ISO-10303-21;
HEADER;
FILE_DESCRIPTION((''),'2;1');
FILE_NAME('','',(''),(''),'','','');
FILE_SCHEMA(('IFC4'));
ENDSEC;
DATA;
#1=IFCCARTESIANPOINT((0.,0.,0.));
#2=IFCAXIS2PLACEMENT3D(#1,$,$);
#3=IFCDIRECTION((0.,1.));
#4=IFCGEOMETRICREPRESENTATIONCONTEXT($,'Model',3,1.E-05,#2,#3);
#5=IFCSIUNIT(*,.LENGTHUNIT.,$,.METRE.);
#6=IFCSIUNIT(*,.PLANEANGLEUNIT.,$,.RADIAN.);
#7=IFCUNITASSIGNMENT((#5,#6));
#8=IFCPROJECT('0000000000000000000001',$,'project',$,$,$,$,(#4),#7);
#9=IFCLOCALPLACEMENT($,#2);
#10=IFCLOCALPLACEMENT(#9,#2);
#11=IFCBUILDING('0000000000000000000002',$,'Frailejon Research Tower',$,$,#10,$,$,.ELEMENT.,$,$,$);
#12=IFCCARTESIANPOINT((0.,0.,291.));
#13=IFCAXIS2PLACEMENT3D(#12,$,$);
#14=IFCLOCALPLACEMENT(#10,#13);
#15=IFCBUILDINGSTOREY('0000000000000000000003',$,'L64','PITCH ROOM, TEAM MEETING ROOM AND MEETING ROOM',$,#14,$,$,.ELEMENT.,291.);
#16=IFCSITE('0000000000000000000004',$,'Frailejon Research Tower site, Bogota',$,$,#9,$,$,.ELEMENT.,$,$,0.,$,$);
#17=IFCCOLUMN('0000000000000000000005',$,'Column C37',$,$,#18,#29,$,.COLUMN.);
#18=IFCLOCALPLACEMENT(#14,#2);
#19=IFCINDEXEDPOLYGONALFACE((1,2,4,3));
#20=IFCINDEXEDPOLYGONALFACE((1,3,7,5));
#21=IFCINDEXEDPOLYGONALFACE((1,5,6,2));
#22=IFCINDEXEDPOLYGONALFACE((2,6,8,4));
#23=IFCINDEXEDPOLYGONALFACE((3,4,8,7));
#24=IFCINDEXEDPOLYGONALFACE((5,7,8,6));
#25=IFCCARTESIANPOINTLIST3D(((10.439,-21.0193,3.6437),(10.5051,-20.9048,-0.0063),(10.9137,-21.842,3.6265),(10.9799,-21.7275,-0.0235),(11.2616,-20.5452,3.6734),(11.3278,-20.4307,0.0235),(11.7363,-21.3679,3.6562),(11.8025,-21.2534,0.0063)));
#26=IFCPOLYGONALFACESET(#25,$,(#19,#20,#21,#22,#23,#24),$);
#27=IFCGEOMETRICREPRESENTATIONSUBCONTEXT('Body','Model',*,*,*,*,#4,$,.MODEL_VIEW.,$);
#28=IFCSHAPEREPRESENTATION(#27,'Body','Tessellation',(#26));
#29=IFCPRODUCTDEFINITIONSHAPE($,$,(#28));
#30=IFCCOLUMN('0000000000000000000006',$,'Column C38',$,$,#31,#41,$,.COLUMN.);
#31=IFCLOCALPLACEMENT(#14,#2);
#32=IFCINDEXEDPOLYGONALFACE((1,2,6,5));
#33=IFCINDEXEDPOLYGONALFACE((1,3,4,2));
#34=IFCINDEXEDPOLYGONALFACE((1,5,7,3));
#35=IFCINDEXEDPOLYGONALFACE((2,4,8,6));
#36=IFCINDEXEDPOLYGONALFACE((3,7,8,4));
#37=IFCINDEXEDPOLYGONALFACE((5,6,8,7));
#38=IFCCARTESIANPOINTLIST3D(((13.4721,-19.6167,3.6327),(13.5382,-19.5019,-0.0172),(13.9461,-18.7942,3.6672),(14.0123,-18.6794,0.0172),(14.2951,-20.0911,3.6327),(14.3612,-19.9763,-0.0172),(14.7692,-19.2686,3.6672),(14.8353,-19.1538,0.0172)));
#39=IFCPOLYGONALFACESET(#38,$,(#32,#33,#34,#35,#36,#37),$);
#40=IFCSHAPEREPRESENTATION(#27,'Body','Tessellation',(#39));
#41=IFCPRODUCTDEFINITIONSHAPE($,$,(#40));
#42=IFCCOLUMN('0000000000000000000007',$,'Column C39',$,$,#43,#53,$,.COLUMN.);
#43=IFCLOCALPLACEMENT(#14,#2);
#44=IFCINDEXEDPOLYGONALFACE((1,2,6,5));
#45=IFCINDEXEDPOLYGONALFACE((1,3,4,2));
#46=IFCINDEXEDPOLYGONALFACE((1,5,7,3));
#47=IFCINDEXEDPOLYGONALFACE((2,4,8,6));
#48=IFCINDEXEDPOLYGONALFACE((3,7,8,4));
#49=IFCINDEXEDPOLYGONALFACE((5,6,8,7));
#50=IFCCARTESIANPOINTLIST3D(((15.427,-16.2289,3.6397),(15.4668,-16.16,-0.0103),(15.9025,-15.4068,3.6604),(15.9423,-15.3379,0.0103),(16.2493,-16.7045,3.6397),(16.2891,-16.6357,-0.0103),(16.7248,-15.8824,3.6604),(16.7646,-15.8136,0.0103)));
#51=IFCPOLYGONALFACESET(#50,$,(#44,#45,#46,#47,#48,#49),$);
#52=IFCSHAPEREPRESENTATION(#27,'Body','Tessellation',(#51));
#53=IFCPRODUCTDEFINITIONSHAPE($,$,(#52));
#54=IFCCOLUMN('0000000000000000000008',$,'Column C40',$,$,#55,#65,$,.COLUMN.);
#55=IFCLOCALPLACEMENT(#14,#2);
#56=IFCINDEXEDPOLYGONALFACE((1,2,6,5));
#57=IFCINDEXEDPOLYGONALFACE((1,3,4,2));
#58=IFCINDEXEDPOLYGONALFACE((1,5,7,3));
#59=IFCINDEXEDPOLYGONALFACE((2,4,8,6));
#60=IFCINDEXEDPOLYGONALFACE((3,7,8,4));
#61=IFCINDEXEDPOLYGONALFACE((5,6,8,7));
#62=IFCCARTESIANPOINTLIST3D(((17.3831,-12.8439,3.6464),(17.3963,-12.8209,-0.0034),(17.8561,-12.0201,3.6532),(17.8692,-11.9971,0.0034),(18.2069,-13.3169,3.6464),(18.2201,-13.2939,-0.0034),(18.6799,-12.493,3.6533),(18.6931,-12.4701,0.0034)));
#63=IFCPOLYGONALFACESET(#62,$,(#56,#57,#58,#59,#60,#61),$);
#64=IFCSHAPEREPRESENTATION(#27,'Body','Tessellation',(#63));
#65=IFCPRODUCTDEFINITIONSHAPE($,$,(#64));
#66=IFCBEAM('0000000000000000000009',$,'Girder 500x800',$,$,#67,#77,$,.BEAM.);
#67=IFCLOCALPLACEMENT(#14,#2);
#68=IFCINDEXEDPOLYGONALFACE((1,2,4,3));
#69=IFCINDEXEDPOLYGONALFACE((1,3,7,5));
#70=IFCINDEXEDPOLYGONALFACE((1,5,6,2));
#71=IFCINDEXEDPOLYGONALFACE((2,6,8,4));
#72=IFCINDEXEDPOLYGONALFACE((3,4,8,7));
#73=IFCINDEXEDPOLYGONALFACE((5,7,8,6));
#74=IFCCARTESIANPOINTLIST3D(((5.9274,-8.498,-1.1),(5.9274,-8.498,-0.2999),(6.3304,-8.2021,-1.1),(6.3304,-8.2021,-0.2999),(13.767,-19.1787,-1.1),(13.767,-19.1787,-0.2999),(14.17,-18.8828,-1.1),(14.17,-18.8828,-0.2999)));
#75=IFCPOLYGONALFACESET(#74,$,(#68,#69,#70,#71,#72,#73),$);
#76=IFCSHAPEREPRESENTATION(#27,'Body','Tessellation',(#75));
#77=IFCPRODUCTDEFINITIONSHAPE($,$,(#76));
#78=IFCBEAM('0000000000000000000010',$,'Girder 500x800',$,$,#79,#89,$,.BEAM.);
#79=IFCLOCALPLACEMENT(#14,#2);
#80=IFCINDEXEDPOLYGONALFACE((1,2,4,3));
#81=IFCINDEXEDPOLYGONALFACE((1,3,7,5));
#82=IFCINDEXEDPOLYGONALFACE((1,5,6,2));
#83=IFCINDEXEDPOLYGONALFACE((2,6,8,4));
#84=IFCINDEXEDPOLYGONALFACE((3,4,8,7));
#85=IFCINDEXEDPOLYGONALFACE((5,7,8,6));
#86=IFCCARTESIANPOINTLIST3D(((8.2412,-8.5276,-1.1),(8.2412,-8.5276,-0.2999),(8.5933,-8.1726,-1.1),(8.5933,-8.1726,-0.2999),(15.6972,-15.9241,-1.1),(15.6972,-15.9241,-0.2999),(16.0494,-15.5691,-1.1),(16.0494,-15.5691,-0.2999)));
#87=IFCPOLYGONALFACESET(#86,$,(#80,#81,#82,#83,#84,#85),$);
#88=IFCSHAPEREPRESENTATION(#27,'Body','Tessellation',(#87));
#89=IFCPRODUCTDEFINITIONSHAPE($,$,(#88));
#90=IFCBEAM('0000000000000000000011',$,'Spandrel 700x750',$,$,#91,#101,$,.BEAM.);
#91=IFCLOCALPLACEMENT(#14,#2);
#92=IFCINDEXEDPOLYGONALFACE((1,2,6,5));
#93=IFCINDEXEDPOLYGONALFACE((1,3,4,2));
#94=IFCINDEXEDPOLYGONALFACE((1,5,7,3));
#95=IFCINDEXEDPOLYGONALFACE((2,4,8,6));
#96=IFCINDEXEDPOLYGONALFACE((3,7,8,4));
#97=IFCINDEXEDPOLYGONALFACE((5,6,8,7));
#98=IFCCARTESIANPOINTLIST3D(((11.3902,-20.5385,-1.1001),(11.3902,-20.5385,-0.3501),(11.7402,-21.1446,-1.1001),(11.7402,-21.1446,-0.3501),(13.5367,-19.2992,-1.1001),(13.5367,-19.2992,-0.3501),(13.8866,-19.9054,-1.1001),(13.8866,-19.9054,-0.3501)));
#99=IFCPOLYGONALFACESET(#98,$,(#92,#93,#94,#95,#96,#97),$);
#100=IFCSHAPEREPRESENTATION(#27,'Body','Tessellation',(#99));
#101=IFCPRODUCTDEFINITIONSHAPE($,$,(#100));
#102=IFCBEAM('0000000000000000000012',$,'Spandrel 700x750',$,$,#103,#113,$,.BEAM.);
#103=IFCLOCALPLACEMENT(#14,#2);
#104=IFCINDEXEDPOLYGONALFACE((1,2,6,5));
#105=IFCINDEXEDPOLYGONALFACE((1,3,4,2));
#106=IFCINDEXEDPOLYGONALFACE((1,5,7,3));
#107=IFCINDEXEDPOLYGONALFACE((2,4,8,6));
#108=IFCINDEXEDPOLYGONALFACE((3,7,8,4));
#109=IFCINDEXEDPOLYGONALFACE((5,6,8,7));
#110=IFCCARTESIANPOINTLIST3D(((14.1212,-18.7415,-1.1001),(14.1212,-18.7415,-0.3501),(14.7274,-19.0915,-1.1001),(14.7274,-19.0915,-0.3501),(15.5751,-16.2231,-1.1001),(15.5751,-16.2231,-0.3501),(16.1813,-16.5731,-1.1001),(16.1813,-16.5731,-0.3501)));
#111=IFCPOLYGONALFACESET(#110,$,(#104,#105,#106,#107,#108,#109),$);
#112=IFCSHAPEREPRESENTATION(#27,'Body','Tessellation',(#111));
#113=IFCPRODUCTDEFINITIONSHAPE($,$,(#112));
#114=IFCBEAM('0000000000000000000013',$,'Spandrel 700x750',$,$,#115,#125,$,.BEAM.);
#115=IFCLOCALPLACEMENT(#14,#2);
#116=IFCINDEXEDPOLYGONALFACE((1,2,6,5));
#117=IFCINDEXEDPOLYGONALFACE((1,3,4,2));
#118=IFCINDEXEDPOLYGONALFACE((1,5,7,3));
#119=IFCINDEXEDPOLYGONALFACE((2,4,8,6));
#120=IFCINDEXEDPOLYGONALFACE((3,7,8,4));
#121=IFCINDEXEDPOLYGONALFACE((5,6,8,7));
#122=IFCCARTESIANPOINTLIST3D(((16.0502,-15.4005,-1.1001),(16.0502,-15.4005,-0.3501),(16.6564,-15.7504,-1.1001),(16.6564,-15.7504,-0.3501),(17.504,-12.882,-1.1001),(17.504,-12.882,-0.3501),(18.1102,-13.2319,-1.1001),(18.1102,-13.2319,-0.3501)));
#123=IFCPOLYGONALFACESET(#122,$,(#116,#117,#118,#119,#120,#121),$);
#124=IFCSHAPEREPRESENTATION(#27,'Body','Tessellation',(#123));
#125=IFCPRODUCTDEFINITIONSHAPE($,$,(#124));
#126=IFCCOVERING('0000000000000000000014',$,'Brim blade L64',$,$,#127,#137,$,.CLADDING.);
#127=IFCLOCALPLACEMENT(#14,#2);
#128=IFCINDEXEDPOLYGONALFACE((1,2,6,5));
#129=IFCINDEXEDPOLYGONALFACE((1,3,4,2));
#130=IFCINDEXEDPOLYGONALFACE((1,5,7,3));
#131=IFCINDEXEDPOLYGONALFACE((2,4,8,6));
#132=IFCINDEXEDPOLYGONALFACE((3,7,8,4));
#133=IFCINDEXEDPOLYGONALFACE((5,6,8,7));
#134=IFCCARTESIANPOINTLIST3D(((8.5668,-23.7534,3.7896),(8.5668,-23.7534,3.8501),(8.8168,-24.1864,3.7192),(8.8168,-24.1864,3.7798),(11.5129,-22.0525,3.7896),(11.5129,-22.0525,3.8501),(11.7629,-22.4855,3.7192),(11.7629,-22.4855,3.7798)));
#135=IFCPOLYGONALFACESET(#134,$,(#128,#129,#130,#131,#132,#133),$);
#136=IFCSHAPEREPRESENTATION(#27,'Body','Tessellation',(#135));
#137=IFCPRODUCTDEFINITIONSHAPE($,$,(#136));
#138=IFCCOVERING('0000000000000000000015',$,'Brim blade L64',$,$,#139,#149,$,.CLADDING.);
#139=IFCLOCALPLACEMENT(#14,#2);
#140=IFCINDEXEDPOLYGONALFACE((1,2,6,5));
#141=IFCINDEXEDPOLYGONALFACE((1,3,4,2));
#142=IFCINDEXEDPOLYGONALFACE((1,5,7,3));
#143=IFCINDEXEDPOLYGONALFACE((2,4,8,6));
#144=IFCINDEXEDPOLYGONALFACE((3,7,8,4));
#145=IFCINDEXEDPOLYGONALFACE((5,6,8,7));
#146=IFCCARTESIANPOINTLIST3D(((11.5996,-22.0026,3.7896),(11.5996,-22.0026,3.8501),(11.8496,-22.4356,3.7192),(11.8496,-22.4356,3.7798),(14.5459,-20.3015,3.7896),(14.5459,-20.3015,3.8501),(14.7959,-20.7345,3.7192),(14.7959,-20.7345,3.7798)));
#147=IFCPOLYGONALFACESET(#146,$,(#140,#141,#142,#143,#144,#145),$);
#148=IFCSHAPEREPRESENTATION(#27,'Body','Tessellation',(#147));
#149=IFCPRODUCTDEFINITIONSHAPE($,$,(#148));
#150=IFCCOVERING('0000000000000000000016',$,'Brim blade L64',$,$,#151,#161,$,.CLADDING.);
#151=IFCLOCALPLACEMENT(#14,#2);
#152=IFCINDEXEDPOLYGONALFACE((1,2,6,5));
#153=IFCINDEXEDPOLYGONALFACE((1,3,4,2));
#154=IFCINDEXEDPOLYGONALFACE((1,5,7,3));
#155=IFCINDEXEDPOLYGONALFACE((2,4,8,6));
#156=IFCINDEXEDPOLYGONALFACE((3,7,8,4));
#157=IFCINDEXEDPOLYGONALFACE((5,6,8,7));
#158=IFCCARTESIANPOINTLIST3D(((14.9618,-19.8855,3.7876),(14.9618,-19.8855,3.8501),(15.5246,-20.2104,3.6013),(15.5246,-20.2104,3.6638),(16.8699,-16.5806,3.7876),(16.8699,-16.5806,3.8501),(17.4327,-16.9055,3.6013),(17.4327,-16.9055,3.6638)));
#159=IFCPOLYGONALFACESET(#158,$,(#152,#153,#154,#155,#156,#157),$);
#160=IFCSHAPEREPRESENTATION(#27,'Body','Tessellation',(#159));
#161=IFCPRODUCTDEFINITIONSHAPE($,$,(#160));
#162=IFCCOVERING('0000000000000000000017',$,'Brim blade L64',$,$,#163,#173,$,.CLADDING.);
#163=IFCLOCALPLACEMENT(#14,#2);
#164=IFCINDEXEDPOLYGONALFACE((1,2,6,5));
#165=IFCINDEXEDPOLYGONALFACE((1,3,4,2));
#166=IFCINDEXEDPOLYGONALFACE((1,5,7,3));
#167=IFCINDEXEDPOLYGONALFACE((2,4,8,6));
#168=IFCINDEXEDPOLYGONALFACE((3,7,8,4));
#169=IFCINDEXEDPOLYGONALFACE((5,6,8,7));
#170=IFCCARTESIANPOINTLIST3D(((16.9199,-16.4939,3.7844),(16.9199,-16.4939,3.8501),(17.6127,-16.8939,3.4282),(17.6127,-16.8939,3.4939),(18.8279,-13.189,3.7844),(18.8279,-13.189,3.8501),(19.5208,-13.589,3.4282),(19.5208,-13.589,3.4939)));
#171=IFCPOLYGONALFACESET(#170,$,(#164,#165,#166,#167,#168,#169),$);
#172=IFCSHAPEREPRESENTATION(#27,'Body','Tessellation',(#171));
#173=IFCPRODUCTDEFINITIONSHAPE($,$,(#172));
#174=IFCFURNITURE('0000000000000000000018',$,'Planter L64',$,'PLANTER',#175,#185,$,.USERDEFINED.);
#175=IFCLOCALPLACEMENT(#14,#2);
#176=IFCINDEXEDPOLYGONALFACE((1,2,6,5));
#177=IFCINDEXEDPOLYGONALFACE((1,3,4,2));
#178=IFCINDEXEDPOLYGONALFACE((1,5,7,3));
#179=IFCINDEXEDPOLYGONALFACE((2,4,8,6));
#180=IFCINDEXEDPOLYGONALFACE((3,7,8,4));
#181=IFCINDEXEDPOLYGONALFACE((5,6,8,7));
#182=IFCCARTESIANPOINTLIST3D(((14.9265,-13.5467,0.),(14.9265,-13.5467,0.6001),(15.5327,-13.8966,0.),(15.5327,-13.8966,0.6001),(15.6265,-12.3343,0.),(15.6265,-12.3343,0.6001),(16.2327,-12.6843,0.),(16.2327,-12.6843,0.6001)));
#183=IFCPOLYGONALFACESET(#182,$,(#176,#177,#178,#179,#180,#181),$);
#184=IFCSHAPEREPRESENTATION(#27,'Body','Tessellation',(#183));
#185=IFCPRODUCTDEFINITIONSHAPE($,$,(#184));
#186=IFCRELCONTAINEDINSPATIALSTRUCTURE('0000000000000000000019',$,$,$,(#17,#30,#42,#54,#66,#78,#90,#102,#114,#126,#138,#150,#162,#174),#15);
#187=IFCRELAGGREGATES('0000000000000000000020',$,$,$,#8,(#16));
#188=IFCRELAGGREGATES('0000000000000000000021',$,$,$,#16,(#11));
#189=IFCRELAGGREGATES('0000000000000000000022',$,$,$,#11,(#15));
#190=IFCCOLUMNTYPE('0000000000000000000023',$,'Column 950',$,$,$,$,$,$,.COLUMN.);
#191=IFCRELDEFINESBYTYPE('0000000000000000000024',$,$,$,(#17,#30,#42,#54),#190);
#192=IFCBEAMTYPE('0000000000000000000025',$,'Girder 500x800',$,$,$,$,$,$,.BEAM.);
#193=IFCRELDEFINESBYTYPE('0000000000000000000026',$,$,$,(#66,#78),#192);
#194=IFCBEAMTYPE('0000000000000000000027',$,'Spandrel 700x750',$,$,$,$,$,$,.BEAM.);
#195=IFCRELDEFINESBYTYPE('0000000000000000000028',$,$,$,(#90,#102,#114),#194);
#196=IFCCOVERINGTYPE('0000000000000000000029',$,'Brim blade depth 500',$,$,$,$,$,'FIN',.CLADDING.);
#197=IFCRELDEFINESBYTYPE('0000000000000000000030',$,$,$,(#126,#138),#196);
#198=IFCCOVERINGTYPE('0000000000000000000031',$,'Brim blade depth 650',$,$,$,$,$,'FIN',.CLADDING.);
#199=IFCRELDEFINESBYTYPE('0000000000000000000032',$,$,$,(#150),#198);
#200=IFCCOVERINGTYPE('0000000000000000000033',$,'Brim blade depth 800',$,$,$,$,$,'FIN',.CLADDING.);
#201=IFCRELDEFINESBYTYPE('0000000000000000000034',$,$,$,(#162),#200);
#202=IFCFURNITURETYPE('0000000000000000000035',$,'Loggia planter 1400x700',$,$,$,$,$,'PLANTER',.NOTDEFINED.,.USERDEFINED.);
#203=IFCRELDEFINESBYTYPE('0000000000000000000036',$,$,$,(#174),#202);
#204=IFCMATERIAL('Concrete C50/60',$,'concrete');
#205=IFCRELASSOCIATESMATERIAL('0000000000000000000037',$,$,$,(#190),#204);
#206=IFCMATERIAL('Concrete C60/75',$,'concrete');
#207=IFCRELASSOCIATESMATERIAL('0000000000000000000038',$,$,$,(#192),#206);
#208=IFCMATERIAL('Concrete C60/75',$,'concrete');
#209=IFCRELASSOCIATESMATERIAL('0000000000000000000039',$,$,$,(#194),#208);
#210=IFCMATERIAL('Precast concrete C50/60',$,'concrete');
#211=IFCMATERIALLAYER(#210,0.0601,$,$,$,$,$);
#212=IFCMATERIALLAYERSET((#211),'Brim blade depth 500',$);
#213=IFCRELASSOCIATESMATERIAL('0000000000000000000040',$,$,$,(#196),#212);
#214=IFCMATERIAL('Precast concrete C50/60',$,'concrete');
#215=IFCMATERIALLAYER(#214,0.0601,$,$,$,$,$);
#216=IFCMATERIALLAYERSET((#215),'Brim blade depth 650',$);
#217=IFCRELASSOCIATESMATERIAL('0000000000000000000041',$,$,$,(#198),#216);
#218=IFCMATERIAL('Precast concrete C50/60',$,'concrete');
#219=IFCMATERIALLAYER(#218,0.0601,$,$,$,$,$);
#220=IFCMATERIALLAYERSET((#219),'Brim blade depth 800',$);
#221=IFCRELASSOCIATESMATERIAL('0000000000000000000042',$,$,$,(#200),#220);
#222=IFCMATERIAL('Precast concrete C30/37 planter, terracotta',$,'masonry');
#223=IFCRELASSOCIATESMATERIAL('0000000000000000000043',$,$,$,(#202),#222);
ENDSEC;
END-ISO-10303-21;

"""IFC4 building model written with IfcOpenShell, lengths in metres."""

from ifc_helpers import new_model, si_unit, direction, frame, origin, origin_2d, place, context, subcontext, project, spatial, polyline, rectangle, outline, extrude, material, layer, layer_set, material_profile, profile_set, type_object, element, save


model = new_model("IFC4")

# Units and contexts
model_context = context("Model", 3, precision=1e-05, world=origin(), true_north=direction((0.0, 1.0)))
body_context = subcontext(model_context, "Body", "Model", "MODEL_VIEW")
ifc_project = project(units=[si_unit("LENGTHUNIT", "METRE"), si_unit("PLANEANGLEUNIT", "RADIAN")], contexts=[model_context])

# Site, building, storey
site_placement = place(None, origin())
site = spatial("IfcSite", under=ifc_project, at=site_placement, Name="Frailejon Research Tower site, Bogota", CompositionType="ELEMENT", RefElevation=0.0)
building_placement = place(site_placement, origin())
building = spatial("IfcBuilding", under=site, at=building_placement, Name="Frailejon Research Tower", CompositionType="ELEMENT")
storey_placement = place(building_placement, frame((0.0, 0.0, 291.0)))
storey = spatial("IfcBuildingStorey", under=building, at=storey_placement, Name="L64", Description="PITCH ROOM, TEAM MEETING ROOM AND MEETING ROOM", CompositionType="ELEMENT", Elevation=291.0)

# Columns
ifc_material_1 = material(Name="Concrete C50/60", Category="concrete")
ifc_material_profile_1 = material_profile(ifc_material_1, rectangle(XDim=0.95, YDim=0.95, at=origin_2d()), Name="Column 950")
ifc_profile_set_1 = profile_set([ifc_material_profile_1], Name="Concrete C50/60")
column_type = type_object("IfcColumnType", Name="Column 950", PredefinedType="COLUMN", material=ifc_profile_set_1)
for number, where, z_axis, x_axis, name in (
    (1, (11.1538, -21.0791, 0.0), (-0.018115, -0.031351, 0.999344), (0.865981, 0.499093, 0.031355), "Column C37"),
    (2, (14.1868, -19.3279, 0.0), (-0.018115, -0.031417, 0.999342), (0.49904, 0.865819, 0.036266), "Column C38"),
):
    element("IfcColumn", number, at=place(storey_placement, frame(where, z_axis=z_axis, x_axis=x_axis)), inside=storey, type_object=column_type, Name=name, PredefinedType="COLUMN", context=body_context, shape_type="SweptSolid", body=[
        extrude(rectangle(XDim=0.95, YDim=0.95, at=origin_2d()), origin(), (0.0, 0.0, 1.0), 3.6523),
    ])
column_1_placement = place(storey_placement, frame((16.1157, -15.9868, 0.0), z_axis=(-0.0109, -0.018858, 0.999763), x_axis=(0.50059, 0.86541, 0.021782)))
element("IfcColumn", 3, at=column_1_placement, inside=storey, type_object=column_type, Name="Column C39", PredefinedType="COLUMN", context=body_context, shape_type="SweptSolid", body=[
    extrude(rectangle(XDim=0.95, YDim=0.95, at=origin_2d()), origin(), (0.0, 0.0, 1.0), 3.6509),
])
column_2_placement = place(storey_placement, frame((18.0447, -12.6455, 0.0), z_axis=(-0.003612, -0.006287, 0.999974), x_axis=(0.49789, 0.86721, 0.007251)))
element("IfcColumn", 4, at=column_2_placement, inside=storey, type_object=column_type, Name="Column C40", PredefinedType="COLUMN", context=body_context, shape_type="SweptSolid", body=[
    extrude(rectangle(XDim=0.95, YDim=0.95, at=origin_2d()), origin(), (0.0, 0.0, 1.0), 3.6499),
])

# Beams
ifc_material_2 = material(Name="Concrete C60/75", Category="concrete")
ifc_material_profile_2 = material_profile(ifc_material_2, rectangle(XDim=0.5, YDim=0.8, at=origin_2d()), Name="Girder 500x800")
ifc_profile_set_2 = profile_set([ifc_material_profile_2], Name="Concrete C60/75")
beam_type_1 = type_object("IfcBeamType", Name="Girder 500x800", PredefinedType="BEAM", material=ifc_profile_set_2)
beam_1_placement = place(storey_placement, frame((13.9685, -19.0308, -0.7), z_axis=(-0.591713, 0.806149, 0.0), x_axis=(-0.806149, -0.591713, 0.0)))
element("IfcBeam", 5, at=beam_1_placement, inside=storey, type_object=beam_type_1, Name="Girder 500x800", PredefinedType="BEAM", context=body_context, shape_type="SweptSolid", body=[
    extrude(rectangle(XDim=0.5, YDim=0.8, at=origin_2d()), origin(), (0.0, 0.0, 1.0), 13.249),
])
beam_2_placement = place(storey_placement, frame((15.8733, -15.7466, -0.7), z_axis=(-0.709937, 0.704265, 0.0), x_axis=(-0.704265, -0.709937, 0.0)))
element("IfcBeam", 6, at=beam_2_placement, inside=storey, type_object=beam_type_1, Name="Girder 500x800", PredefinedType="BEAM", context=body_context, shape_type="SweptSolid", body=[
    extrude(rectangle(XDim=0.5, YDim=0.8, at=origin_2d()), origin(), (0.0, 0.0, 1.0), 10.5024),
])
ifc_material_3 = material(Name="Concrete C60/75", Category="concrete")
ifc_material_profile_3 = material_profile(ifc_material_3, rectangle(XDim=0.7, YDim=0.75, at=origin_2d()), Name="Spandrel 700x750")
ifc_profile_set_3 = profile_set([ifc_material_profile_3], Name="Concrete C60/75")
beam_type_2 = type_object("IfcBeamType", Name="Spandrel 700x750", PredefinedType="BEAM", material=ifc_profile_set_3)
beam_3_placement = place(storey_placement, frame((11.5652, -20.8416, -0.7251), z_axis=(0.866028, 0.499995, 0.0), x_axis=(-0.499995, 0.866028, 0.0)))
element("IfcBeam", 7, at=beam_3_placement, inside=storey, type_object=beam_type_2, Name="Spandrel 700x750", PredefinedType="BEAM", context=body_context, shape_type="SweptSolid", body=[
    extrude(rectangle(XDim=0.7, YDim=0.75, at=origin_2d()), origin(), (0.0, 0.0, 1.0), 2.4785),
])
for number, where, z_axis, x_axis, name in (
    (8, (14.4243, -18.9165, -0.7251), (0.499977, 0.866039, 0.0), (-0.866039, 0.499977, 0.0), "Spandrel 700x750"),
    (9, (16.3533, -15.5754, -0.7251), (0.49994, 0.86606, 0.0), (-0.86606, 0.49994, 0.0), "Spandrel 700x750"),
):
    element("IfcBeam", number, at=place(storey_placement, frame(where, z_axis=z_axis, x_axis=x_axis)), inside=storey, type_object=beam_type_2, Name=name, PredefinedType="BEAM", context=body_context, shape_type="SweptSolid", body=[
        extrude(rectangle(XDim=0.7, YDim=0.75, at=origin_2d()), origin(), (0.0, 0.0, 1.0), 2.908),
    ])

# Coverings
ifc_material_4 = material(Name="Precast concrete C50/60", Category="concrete")
ifc_layer_1 = layer(ifc_material_4, 0.0601)
ifc_layer_set_1 = layer_set([ifc_layer_1], Name="Brim blade depth 500")
covering_type_1 = type_object("IfcCoveringType", Name="Brim blade depth 500", ElementType="FIN", PredefinedType="CLADDING", material=ifc_layer_set_1)
covering_1_placement = place(storey_placement, frame((11.5129, -22.0525, 3.8501), z_axis=(-0.866036, -0.499981, 0.0), x_axis=(0.499981, -0.866036, 0.0)))
element("IfcCovering", 10, at=covering_1_placement, inside=storey, type_object=covering_type_1, Name="Brim blade L64", PredefinedType="CLADDING", context=body_context, shape_type="SweptSolid", body=[
    extrude(outline(polyline([(0.0, -0.0605), (0.5, -0.1309), (0.5, -0.0703), (0.0, 0.0), (0.0, -0.0605)])), origin(), (0.0, 0.0, 1.0), 3.4019),
])
covering_2_placement = place(storey_placement, frame((14.5459, -20.3015, 3.8501), z_axis=(-0.866024, -0.500003, 0.0), x_axis=(0.500003, -0.866024, 0.0)))
element("IfcCovering", 11, at=covering_2_placement, inside=storey, type_object=covering_type_1, Name="Brim blade L64", PredefinedType="CLADDING", context=body_context, shape_type="SweptSolid", body=[
    extrude(outline(polyline([(0.0, -0.0605), (0.5, -0.1309), (0.5, -0.0703), (0.0, 0.0), (0.0, -0.0605)])), origin(), (0.0, 0.0, 1.0), 3.4021),
])
ifc_material_5 = material(Name="Precast concrete C50/60", Category="concrete")
ifc_layer_2 = layer(ifc_material_5, 0.0601)
ifc_layer_set_2 = layer_set([ifc_layer_2], Name="Brim blade depth 650")
covering_type_2 = type_object("IfcCoveringType", Name="Brim blade depth 650", ElementType="FIN", PredefinedType="CLADDING", material=ifc_layer_set_2)
covering_3_placement = place(storey_placement, frame((16.8699, -16.5806, 3.8501), z_axis=(-0.500003, -0.866024, 0.0), x_axis=(0.866024, -0.500003, 0.0)))
element("IfcCovering", 12, at=covering_3_placement, inside=storey, type_object=covering_type_2, Name="Brim blade L64", PredefinedType="CLADDING", context=body_context, shape_type="SweptSolid", body=[
    extrude(outline(polyline([(0.0, -0.0625), (0.6499, -0.2488), (0.6499, -0.1863), (0.0, 0.0), (0.0, -0.0625)])), origin(), (0.0, 0.0, 1.0), 3.8162),
])
ifc_material_6 = material(Name="Precast concrete C50/60", Category="concrete")
ifc_layer_3 = layer(ifc_material_6, 0.0601)
ifc_layer_set_3 = layer_set([ifc_layer_3], Name="Brim blade depth 800")
covering_type_3 = type_object("IfcCoveringType", Name="Brim blade depth 800", ElementType="FIN", PredefinedType="CLADDING", material=ifc_layer_set_3)
covering_4_placement = place(storey_placement, frame((18.8279, -13.189, 3.8501), z_axis=(-0.499984, -0.866035, 0.0), x_axis=(0.866035, -0.499984, 0.0)))
element("IfcCovering", 13, at=covering_4_placement, inside=storey, type_object=covering_type_3, Name="Brim blade L64", PredefinedType="CLADDING", context=body_context, shape_type="SweptSolid", body=[
    extrude(outline(polyline([(0.0, -0.0657), (0.8, -0.4219), (0.8, -0.3562), (0.0, 0.0), (0.0, -0.0657)])), origin(), (0.0, 0.0, 1.0), 3.8162),
])

# Furniture
ifc_material_7 = material(Name="Precast concrete C30/37 planter, terracotta", Category="masonry")
furniture_type = type_object("IfcFurnitureType", Name="Loggia planter 1400x700", ElementType="PLANTER", AssemblyPlace="NOTDEFINED", PredefinedType="USERDEFINED", material=ifc_material_7)
furniture_placement = place(storey_placement, frame((15.5796, -13.1155, 0.0), z_axis=(0.0, 0.0, 1.0), x_axis=(0.5, 0.866025, 0.0)))
element("IfcFurniture", 14, at=furniture_placement, inside=storey, type_object=furniture_type, Name="Planter L64", ObjectType="PLANTER", PredefinedType="USERDEFINED", context=body_context, shape_type="SweptSolid", body=[
    extrude(rectangle(XDim=1.3999, YDim=0.7, at=origin_2d()), origin(), (0.0, 0.0, 1.0), 0.6001),
])

save(model, "model.ifc")
